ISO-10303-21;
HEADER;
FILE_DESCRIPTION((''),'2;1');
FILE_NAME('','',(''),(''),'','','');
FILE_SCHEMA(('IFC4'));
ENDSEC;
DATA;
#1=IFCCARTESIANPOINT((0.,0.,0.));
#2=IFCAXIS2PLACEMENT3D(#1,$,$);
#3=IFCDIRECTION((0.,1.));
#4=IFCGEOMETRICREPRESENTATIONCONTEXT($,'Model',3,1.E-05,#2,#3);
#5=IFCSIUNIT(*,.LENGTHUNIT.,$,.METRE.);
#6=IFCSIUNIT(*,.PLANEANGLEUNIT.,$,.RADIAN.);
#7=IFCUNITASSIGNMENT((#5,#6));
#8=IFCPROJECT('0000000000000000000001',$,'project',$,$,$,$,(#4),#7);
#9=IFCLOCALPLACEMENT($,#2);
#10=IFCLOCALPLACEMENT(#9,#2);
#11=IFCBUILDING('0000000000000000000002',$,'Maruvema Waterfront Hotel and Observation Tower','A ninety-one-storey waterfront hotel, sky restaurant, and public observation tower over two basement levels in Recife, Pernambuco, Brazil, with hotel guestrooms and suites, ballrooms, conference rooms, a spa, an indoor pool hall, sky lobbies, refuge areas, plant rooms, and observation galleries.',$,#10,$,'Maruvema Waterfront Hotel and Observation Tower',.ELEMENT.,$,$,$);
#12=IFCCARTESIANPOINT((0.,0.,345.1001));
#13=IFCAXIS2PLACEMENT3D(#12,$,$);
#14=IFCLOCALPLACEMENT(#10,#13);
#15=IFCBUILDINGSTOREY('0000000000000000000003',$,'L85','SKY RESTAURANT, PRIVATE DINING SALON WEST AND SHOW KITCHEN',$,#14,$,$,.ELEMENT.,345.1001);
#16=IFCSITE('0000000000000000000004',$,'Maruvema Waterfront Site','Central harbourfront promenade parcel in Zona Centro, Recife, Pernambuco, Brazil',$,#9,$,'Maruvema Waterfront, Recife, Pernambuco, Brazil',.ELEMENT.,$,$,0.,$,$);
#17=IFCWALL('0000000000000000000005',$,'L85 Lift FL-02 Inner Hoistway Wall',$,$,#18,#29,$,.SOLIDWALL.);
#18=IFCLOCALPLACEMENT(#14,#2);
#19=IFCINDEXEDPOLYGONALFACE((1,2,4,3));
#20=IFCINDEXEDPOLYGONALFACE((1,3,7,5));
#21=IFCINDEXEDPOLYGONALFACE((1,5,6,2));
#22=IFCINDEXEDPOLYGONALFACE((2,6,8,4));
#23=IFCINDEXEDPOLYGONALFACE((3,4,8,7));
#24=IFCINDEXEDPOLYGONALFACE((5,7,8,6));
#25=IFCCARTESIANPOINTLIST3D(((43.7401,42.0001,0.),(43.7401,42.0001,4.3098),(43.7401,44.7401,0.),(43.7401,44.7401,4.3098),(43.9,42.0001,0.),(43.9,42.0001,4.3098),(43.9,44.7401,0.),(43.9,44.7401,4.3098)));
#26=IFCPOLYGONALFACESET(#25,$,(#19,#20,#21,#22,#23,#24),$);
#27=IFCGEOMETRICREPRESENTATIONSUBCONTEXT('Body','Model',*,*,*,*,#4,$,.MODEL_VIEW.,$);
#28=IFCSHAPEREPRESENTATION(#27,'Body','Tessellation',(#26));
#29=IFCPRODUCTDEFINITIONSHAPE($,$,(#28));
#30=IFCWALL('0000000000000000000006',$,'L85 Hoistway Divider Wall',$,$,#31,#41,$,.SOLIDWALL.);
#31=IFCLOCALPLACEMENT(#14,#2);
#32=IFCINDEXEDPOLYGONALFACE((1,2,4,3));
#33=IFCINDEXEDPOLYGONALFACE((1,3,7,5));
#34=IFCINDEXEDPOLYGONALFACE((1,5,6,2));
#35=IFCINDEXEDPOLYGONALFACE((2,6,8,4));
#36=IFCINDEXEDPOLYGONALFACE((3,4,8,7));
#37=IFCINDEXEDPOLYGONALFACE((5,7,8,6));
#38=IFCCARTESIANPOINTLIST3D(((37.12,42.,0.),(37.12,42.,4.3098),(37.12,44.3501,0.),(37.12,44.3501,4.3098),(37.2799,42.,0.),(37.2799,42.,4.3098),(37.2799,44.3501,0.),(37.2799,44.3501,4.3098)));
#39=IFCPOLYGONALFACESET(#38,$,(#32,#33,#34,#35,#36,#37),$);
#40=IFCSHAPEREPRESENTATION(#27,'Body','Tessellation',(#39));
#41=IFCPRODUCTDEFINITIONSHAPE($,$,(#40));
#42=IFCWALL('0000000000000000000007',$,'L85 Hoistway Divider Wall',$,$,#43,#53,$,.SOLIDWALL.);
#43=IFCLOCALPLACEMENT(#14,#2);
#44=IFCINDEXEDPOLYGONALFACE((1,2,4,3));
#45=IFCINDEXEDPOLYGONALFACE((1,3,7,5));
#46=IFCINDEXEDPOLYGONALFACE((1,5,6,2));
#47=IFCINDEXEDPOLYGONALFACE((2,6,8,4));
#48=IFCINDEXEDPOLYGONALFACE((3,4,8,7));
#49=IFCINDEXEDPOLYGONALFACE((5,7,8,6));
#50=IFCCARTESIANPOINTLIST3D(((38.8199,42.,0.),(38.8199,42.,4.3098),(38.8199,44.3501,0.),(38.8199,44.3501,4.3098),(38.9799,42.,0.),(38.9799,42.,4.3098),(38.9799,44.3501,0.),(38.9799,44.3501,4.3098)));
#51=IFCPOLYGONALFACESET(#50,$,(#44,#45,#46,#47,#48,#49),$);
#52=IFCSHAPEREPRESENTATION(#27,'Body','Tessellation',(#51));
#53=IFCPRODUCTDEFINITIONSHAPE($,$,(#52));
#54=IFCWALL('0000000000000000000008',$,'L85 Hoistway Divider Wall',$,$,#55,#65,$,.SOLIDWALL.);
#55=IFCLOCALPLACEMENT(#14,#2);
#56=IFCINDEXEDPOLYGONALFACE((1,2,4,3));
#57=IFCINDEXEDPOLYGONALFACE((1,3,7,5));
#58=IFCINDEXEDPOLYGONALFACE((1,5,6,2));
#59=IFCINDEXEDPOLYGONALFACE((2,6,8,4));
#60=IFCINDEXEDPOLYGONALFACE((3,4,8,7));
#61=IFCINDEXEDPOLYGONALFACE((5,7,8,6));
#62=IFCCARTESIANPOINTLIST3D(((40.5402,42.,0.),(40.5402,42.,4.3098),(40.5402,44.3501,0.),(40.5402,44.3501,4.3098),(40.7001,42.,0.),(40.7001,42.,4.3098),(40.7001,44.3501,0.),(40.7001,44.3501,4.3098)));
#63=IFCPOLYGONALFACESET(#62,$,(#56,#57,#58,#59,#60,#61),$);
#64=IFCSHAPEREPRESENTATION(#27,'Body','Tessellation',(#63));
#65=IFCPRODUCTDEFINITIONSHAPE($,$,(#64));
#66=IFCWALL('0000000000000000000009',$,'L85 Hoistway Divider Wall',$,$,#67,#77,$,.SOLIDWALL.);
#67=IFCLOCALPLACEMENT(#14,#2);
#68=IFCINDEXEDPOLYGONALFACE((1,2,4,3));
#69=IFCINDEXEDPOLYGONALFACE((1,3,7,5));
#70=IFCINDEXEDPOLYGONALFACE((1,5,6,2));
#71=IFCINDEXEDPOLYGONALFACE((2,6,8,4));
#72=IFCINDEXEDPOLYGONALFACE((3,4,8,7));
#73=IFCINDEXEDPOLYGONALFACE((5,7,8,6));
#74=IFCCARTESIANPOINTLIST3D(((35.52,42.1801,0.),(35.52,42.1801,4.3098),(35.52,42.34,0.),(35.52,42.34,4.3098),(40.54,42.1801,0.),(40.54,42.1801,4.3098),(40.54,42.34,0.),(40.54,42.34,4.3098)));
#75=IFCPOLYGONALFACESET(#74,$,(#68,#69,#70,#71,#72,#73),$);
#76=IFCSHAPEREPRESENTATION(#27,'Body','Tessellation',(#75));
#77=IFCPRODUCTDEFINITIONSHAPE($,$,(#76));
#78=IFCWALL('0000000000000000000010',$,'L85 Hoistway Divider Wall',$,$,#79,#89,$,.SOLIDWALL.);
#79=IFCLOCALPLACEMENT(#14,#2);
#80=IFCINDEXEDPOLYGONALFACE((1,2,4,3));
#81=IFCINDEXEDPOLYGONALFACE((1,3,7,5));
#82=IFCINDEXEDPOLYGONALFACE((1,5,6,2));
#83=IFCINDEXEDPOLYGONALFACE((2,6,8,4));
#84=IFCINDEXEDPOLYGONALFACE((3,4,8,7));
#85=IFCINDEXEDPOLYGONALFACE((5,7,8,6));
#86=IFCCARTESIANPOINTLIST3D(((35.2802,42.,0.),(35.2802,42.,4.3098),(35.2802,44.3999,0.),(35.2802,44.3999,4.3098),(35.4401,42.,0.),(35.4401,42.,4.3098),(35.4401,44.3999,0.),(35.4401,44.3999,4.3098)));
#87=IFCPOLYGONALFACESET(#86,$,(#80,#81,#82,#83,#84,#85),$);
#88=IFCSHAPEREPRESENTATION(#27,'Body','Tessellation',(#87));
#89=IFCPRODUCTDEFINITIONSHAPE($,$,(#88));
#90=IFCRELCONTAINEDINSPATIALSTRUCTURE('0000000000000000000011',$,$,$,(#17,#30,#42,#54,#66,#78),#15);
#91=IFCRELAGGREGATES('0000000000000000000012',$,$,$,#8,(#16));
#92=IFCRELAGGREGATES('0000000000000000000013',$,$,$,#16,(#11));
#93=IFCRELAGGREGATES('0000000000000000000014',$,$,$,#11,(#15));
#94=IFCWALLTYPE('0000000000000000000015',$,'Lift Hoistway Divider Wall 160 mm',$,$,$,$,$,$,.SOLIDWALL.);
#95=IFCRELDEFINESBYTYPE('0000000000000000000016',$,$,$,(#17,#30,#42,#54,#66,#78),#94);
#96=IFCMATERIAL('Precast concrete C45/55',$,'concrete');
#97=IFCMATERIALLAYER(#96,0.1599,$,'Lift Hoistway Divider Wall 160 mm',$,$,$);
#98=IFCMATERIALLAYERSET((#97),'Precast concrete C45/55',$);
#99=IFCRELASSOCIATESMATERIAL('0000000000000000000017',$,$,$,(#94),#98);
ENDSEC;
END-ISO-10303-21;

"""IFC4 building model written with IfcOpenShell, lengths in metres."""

from ifc_helpers import new_model, si_unit, direction, frame, frame_2d, origin, place, context, subcontext, project, spatial, rectangle, extrude, material, layer, layer_set, type_object, element, save


model = new_model("IFC4")

# Units and contexts
model_context = context("Model", 3, precision=1e-05, world=origin(), true_north=direction((0.0, 1.0)))
body_context = subcontext(model_context, "Body", "Model", "MODEL_VIEW")
ifc_project = project(units=[si_unit("LENGTHUNIT", "METRE"), si_unit("PLANEANGLEUNIT", "RADIAN")], contexts=[model_context])

# Site, building, storey
site_placement = place(None, origin())
site = spatial("IfcSite", under=ifc_project, at=site_placement, Name="Maruvema Waterfront Site", Description="Central harbourfront promenade parcel in Zona Centro, Recife, Pernambuco, Brazil", LongName="Maruvema Waterfront, Recife, Pernambuco, Brazil", CompositionType="ELEMENT", RefElevation=0.0)
building_placement = place(site_placement, origin())
building = spatial("IfcBuilding", under=site, at=building_placement, Name="Maruvema Waterfront Hotel and Observation Tower", Description="A ninety-one-storey waterfront hotel, sky restaurant, and public observation tower over two basement levels in Recife, Pernambuco, Brazil, with hotel guestrooms and suites, ballrooms, conference rooms, a spa, an indoor pool hall, sky lobbies, refuge areas, plant rooms, and observation galleries.", LongName="Maruvema Waterfront Hotel and Observation Tower", CompositionType="ELEMENT")
storey_placement = place(building_placement, frame((0.0, 0.0, 345.1001)))
storey = spatial("IfcBuildingStorey", under=building, at=storey_placement, Name="L85", Description="SKY RESTAURANT, PRIVATE DINING SALON WEST AND SHOW KITCHEN", CompositionType="ELEMENT", Elevation=345.1001)

# Walls
ifc_material_1 = material(Name="Precast concrete C45/55", Category="concrete")
ifc_layer_1 = layer(ifc_material_1, 0.1599, Name="Lift Hoistway Divider Wall 160 mm")
ifc_layer_set_1 = layer_set([ifc_layer_1], Name="Precast concrete C45/55")
wall_type_1 = type_object("IfcWallType", Name="Lift Hoistway Divider Wall 160 mm", PredefinedType="SOLIDWALL", material=ifc_layer_set_1)
wall_1_placement = place(storey_placement, frame((43.8201, 42.0, 0.0), z_axis=(0.0, 0.0, 1.0), x_axis=(0.0, 1.0, 0.0)))
element("IfcWall", 1, at=wall_1_placement, inside=storey, type_object=wall_type_1, Name="L85 Lift FL-02 Inner Hoistway Wall", PredefinedType="SOLIDWALL", context=body_context, shape_type="SweptSolid", body=[
    extrude(rectangle(XDim=2.74, YDim=0.1599, at=frame_2d((1.3701, 0.0))), origin(), (0.0, 0.0, 1.0), 4.3098),
])
for number, where, z_axis, x_axis, name in (
    (2, (37.2, 42.0, 0.0), (0.0, 0.0, 1.0), (0.0, 1.0, 0.0), "L85 Hoistway Divider Wall"),
    (3, (38.8999, 42.0, 0.0), (0.0, 0.0, 1.0), (0.0, 1.0, 0.0), "L85 Hoistway Divider Wall"),
    (4, (40.6201, 42.0, 0.0), (0.0, 0.0, 1.0), (0.0, 1.0, 0.0), "L85 Hoistway Divider Wall"),
):
    element("IfcWall", number, at=place(storey_placement, frame(where, z_axis=z_axis, x_axis=x_axis)), inside=storey, type_object=wall_type_1, Name=name, PredefinedType="SOLIDWALL", context=body_context, shape_type="SweptSolid", body=[
        extrude(rectangle(XDim=2.3501, YDim=0.1599, at=frame_2d((1.175, 0.0))), origin(), (0.0, 0.0, 1.0), 4.3098),
    ])
wall_2_placement = place(storey_placement, frame((35.52, 42.26, 0.0), z_axis=(0.0, 0.0, 1.0), x_axis=(1.0, 0.0, 0.0)))
element("IfcWall", 5, at=wall_2_placement, inside=storey, type_object=wall_type_1, Name="L85 Hoistway Divider Wall", PredefinedType="SOLIDWALL", context=body_context, shape_type="SweptSolid", body=[
    extrude(rectangle(XDim=5.02, YDim=0.1599, at=frame_2d((2.51, 0.0))), origin(), (0.0, 0.0, 1.0), 4.3098),
])
wall_3_placement = place(storey_placement, frame((35.3601, 42.0, 0.0), z_axis=(0.0, 0.0, 1.0), x_axis=(0.0, 1.0, 0.0)))
element("IfcWall", 6, at=wall_3_placement, inside=storey, type_object=wall_type_1, Name="L85 Hoistway Divider Wall", PredefinedType="SOLIDWALL", context=body_context, shape_type="SweptSolid", body=[
    extrude(rectangle(XDim=2.3999, YDim=0.1599, at=frame_2d((1.2, 0.0))), origin(), (0.0, 0.0, 1.0), 4.3098),
])

save(model, "model.ifc")
